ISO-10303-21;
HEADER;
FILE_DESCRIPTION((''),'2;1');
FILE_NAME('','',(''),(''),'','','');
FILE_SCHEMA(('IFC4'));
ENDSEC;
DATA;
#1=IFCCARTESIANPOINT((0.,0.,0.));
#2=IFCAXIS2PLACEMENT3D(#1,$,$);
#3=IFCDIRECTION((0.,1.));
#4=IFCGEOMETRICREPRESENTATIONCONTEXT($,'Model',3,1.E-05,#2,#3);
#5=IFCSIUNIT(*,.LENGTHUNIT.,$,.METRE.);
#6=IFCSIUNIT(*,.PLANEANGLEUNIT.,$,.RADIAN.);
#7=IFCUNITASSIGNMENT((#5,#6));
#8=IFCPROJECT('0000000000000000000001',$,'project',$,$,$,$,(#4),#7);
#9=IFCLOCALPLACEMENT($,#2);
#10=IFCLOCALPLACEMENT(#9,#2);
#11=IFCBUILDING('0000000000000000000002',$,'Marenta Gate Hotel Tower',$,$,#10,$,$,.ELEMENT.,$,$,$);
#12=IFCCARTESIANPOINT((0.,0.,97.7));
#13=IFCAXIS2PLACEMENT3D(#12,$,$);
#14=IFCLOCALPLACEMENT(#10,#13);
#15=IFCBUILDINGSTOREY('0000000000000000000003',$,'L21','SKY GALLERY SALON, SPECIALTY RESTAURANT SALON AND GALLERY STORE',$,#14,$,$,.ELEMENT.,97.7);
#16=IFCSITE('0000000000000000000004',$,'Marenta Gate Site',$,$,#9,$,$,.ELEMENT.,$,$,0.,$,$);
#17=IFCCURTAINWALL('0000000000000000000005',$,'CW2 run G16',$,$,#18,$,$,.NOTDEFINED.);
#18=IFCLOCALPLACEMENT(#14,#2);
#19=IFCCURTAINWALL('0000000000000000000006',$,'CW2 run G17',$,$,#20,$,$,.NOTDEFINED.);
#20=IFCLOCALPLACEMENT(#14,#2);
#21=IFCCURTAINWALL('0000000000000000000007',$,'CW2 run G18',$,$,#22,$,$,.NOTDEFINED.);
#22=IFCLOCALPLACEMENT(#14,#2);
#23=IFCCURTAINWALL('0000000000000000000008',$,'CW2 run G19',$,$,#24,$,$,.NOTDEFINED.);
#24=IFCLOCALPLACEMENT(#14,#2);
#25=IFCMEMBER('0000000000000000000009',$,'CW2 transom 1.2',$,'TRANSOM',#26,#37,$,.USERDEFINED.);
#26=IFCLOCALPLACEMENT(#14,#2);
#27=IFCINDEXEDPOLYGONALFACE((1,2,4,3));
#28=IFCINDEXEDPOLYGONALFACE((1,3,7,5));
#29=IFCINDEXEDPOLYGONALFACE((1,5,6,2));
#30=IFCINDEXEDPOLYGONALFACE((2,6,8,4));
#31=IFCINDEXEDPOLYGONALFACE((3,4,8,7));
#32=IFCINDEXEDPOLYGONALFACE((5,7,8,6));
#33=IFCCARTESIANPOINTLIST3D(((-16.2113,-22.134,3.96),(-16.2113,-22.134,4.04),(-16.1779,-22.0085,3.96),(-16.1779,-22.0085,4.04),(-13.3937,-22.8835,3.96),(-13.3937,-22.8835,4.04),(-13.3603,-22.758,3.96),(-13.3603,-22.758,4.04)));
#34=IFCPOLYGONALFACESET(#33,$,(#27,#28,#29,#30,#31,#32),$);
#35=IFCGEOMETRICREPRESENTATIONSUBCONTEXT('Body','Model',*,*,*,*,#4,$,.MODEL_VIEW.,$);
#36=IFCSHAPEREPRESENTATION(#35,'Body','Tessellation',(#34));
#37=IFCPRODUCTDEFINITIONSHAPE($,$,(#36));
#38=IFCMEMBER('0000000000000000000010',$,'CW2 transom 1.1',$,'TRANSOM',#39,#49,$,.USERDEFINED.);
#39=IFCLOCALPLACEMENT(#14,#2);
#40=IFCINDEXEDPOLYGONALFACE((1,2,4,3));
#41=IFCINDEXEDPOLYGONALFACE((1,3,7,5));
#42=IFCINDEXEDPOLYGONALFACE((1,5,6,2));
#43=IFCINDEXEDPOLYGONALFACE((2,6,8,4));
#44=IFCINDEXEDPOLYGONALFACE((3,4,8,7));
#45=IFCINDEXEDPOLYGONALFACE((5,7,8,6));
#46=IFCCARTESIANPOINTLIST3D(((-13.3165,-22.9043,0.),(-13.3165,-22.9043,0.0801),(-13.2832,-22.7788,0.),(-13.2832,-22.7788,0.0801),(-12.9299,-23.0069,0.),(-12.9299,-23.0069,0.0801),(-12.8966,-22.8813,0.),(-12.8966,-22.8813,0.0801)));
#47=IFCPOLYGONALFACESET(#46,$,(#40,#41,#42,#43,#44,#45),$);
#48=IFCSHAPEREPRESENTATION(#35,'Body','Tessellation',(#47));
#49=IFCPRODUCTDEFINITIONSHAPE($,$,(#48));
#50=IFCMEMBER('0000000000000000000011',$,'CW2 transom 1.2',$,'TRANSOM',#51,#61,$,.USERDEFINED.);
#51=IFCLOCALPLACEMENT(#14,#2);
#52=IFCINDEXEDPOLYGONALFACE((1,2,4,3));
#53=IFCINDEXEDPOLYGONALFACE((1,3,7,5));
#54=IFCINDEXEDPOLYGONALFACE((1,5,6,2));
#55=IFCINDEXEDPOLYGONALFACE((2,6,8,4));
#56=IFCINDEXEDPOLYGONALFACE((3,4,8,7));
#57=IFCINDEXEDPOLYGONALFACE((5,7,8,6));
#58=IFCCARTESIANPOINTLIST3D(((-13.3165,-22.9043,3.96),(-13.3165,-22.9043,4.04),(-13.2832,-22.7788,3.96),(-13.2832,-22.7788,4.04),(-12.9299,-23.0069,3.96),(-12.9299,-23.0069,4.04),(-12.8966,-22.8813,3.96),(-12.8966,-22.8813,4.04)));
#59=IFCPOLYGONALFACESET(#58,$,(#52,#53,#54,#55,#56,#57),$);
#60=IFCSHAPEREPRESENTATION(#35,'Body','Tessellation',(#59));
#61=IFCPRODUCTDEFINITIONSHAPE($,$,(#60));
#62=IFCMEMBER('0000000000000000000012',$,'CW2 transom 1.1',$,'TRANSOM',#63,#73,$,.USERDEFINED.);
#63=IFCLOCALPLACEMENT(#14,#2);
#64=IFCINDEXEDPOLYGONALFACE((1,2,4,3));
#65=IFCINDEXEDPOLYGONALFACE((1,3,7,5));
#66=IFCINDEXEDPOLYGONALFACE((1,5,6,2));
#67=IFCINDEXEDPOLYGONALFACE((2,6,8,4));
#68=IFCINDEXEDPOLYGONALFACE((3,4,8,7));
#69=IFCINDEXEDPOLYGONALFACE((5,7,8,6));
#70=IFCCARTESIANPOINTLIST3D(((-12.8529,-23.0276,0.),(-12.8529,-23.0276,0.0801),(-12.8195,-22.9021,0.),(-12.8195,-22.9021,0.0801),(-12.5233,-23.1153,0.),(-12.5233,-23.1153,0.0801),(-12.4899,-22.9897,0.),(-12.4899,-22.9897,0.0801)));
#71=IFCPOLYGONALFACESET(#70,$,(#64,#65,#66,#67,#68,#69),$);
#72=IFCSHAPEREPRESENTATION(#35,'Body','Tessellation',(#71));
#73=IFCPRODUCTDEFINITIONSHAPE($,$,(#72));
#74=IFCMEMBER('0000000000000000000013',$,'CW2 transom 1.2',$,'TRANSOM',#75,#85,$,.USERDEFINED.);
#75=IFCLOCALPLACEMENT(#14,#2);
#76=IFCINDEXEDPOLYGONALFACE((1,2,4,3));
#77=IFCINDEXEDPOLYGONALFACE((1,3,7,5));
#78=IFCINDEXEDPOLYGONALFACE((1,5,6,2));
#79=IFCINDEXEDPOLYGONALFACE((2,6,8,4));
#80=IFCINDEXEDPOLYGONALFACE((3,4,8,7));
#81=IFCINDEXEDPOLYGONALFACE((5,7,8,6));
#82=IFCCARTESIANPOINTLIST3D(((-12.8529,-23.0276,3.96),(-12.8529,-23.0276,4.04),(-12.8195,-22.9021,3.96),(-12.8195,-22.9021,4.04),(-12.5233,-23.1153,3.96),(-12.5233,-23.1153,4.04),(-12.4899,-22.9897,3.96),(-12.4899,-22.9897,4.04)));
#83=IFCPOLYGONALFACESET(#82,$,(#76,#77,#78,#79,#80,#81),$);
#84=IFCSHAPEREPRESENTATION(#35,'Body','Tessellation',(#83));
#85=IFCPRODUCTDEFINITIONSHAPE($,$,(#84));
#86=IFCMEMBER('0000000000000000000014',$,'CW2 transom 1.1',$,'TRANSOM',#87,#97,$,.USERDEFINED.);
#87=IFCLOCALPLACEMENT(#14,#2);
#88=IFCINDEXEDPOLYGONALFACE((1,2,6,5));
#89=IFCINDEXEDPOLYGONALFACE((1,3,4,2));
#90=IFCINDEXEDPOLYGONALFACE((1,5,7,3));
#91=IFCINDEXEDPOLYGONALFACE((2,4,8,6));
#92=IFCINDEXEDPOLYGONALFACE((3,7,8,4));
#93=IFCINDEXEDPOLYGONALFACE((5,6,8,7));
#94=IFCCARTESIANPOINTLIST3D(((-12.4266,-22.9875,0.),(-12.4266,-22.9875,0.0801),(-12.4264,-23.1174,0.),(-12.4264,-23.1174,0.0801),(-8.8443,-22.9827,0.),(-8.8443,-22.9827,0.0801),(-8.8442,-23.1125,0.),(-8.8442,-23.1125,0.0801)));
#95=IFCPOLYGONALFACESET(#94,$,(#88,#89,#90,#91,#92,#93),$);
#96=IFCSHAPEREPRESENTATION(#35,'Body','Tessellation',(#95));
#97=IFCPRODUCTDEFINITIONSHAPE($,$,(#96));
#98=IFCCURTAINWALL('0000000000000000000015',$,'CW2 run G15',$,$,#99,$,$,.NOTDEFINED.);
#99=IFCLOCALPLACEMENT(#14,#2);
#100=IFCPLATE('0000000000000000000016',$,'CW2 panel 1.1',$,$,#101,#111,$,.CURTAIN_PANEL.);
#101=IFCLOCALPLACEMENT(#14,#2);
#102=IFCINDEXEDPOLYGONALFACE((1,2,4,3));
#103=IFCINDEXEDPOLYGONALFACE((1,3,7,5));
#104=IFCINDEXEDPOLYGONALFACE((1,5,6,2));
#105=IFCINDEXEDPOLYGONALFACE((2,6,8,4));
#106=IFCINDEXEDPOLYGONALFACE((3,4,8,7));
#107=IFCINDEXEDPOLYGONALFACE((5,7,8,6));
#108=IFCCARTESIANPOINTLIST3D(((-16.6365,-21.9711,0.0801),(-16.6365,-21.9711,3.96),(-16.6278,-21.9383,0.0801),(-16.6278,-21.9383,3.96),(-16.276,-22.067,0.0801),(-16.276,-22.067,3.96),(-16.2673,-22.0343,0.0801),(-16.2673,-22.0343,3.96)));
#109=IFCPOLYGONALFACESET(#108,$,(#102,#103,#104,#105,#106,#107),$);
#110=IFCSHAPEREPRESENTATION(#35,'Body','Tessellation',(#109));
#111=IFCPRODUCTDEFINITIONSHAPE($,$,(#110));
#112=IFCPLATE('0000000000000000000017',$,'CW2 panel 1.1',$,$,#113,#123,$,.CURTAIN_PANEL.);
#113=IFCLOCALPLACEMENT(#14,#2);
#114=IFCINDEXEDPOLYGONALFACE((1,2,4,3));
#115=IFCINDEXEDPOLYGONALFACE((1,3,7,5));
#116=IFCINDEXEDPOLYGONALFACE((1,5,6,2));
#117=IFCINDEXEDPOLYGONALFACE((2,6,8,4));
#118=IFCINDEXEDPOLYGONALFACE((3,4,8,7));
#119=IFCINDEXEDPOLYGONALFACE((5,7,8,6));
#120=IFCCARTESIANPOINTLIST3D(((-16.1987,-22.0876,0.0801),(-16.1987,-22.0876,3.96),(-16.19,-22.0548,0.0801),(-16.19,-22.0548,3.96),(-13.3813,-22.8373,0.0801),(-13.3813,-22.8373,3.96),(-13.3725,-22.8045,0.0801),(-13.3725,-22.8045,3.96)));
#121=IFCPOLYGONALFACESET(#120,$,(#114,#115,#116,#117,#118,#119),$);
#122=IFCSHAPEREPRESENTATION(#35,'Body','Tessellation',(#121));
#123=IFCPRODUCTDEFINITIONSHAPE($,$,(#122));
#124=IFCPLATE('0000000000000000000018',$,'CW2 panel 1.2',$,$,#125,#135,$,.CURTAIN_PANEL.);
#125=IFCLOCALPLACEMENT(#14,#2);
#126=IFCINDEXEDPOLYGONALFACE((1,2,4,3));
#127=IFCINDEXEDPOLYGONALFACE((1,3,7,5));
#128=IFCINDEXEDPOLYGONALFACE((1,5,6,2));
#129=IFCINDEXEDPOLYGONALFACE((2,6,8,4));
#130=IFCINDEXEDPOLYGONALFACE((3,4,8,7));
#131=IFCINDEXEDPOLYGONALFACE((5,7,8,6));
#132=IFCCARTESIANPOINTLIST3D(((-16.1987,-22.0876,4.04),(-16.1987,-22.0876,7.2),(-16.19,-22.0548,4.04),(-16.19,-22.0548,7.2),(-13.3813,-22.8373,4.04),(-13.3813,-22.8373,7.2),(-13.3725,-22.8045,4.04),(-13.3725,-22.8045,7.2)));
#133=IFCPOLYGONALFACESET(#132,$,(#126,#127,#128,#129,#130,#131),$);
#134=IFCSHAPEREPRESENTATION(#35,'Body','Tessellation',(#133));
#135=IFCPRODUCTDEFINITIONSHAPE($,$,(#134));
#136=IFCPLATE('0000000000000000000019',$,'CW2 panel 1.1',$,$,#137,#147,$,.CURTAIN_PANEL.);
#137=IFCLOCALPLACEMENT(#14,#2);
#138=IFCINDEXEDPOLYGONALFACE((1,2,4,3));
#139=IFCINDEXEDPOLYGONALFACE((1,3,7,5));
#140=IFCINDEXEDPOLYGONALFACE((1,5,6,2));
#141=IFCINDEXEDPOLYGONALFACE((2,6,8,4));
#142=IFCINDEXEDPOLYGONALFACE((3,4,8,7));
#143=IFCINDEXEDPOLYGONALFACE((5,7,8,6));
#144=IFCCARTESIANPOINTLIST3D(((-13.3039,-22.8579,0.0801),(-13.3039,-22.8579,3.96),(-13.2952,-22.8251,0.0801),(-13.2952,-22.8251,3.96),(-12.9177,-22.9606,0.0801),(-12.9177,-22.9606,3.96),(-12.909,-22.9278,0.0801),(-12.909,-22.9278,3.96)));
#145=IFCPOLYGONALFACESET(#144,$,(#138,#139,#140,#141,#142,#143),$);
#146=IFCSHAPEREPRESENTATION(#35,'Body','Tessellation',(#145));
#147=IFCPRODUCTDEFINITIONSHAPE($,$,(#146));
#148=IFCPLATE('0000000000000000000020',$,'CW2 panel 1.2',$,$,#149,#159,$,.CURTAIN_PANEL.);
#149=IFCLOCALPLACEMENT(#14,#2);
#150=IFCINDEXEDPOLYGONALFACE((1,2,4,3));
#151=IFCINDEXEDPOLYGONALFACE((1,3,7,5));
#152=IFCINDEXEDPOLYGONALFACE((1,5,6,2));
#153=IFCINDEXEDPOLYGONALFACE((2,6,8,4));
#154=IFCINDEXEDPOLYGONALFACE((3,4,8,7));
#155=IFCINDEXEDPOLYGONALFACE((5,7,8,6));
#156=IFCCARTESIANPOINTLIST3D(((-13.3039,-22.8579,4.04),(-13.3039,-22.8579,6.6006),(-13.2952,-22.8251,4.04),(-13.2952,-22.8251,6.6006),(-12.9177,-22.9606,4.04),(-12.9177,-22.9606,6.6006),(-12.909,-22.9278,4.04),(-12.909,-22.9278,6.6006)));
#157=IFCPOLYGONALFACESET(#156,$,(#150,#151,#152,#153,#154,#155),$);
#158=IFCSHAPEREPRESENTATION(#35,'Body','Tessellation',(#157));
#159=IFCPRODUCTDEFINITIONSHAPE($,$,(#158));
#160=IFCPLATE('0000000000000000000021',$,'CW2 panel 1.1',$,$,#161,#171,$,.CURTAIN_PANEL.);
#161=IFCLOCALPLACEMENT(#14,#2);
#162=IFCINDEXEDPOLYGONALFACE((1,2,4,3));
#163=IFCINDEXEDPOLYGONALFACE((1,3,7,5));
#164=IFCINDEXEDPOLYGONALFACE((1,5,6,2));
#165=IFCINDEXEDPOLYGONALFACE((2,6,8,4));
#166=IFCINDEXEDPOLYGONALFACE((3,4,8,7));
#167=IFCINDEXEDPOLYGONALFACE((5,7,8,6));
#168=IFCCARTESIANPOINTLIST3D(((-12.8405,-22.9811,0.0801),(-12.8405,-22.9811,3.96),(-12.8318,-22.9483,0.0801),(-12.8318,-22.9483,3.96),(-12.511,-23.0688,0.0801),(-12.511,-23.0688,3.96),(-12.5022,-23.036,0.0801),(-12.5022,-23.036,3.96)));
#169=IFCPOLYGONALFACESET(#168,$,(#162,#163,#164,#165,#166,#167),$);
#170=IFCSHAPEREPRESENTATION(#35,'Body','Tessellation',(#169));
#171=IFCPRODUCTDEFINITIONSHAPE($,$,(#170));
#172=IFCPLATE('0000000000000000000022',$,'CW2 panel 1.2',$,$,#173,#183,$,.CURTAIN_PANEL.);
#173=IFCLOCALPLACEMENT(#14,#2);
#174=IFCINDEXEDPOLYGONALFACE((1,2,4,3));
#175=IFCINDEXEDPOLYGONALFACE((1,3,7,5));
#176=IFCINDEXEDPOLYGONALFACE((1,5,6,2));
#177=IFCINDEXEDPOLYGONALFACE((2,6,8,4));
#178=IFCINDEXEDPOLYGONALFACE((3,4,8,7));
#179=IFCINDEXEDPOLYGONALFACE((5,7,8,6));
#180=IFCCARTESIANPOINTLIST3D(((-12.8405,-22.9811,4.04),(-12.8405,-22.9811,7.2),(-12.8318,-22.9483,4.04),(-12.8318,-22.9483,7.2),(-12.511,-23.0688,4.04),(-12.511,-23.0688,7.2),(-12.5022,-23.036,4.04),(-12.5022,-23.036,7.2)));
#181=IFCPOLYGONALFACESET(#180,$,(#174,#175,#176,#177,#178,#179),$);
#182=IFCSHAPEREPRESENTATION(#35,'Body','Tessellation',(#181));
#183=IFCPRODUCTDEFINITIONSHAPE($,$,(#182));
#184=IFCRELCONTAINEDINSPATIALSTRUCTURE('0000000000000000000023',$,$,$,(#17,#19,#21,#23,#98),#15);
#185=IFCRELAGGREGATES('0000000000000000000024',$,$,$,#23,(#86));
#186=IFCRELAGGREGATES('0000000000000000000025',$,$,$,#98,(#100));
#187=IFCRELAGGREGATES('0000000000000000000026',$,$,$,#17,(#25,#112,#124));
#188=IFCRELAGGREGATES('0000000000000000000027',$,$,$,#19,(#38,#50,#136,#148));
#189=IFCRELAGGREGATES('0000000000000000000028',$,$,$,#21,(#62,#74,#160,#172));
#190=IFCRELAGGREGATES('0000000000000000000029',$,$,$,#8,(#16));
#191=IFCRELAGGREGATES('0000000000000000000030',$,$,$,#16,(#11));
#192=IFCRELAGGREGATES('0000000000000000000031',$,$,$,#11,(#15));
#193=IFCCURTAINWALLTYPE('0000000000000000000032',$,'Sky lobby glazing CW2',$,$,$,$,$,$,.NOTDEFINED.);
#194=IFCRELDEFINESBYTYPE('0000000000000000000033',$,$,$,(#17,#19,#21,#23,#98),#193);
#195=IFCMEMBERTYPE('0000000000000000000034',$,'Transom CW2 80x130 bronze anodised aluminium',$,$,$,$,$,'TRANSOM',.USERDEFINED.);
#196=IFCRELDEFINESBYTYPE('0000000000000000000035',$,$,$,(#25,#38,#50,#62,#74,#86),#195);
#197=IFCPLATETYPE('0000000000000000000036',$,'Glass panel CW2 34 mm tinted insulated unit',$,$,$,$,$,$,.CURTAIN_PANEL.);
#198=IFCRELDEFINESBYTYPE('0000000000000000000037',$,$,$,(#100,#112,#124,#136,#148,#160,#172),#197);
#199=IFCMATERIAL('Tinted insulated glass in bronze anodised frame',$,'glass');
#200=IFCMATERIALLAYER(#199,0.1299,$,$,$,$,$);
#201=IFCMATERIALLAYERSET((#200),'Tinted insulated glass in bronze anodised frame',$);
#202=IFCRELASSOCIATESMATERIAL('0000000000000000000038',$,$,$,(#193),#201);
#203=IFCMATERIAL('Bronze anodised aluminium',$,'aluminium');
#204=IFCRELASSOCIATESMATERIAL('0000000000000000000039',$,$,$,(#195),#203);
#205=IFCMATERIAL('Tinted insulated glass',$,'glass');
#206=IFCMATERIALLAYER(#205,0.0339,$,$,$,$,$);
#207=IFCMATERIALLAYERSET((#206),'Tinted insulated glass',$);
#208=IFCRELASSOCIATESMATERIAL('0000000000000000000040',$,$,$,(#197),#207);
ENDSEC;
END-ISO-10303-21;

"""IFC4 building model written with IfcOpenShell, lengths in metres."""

from ifc_helpers import new_model, si_unit, direction, frame, origin, origin_2d, place, context, subcontext, project, spatial, rectangle, extrude, material, layer, layer_set, material_profile, profile_set, type_object, element, aggregate, save


model = new_model("IFC4")

# Units and contexts
model_context = context("Model", 3, precision=1e-05, world=origin(), true_north=direction((0.0, 1.0)))
body_context = subcontext(model_context, "Body", "Model", "MODEL_VIEW")
ifc_project = project(units=[si_unit("LENGTHUNIT", "METRE"), si_unit("PLANEANGLEUNIT", "RADIAN")], contexts=[model_context])

# Site, building, storey
site_placement = place(None, origin())
site = spatial("IfcSite", under=ifc_project, at=site_placement, Name="Marenta Gate Site", CompositionType="ELEMENT", RefElevation=0.0)
building_placement = place(site_placement, origin())
building = spatial("IfcBuilding", under=site, at=building_placement, Name="Marenta Gate Hotel Tower", CompositionType="ELEMENT")
storey_placement = place(building_placement, frame((0.0, 0.0, 97.7)))
storey = spatial("IfcBuildingStorey", under=building, at=storey_placement, Name="L21", Description="SKY GALLERY SALON, SPECIALTY RESTAURANT SALON AND GALLERY STORE", CompositionType="ELEMENT", Elevation=97.7)

# Curtain walls
ifc_material_1 = material(Name="Tinted insulated glass in bronze anodised frame", Category="glass")
ifc_layer_1 = layer(ifc_material_1, 0.1299)
ifc_layer_set_1 = layer_set([ifc_layer_1], Name="Tinted insulated glass in bronze anodised frame")
curtain_wall_type = type_object("IfcCurtainWallType", Name="Sky lobby glazing CW2", PredefinedType="NOTDEFINED", material=ifc_layer_set_1)
curtain_wall_1_placement = place(storey_placement, origin())
curtain_wall_1 = element("IfcCurtainWall", 1, at=curtain_wall_1_placement, inside=storey, type_object=curtain_wall_type, Name="CW2 run G16", PredefinedType="NOTDEFINED")
curtain_wall_2_placement = place(storey_placement, origin())
curtain_wall_2 = element("IfcCurtainWall", 2, at=curtain_wall_2_placement, inside=storey, type_object=curtain_wall_type, Name="CW2 run G17", PredefinedType="NOTDEFINED")
curtain_wall_3_placement = place(storey_placement, origin())
curtain_wall_3 = element("IfcCurtainWall", 3, at=curtain_wall_3_placement, inside=storey, type_object=curtain_wall_type, Name="CW2 run G18", PredefinedType="NOTDEFINED")
curtain_wall_4_placement = place(storey_placement, origin())
curtain_wall_4 = element("IfcCurtainWall", 4, at=curtain_wall_4_placement, inside=storey, type_object=curtain_wall_type, Name="CW2 run G19", PredefinedType="NOTDEFINED")

# Members
ifc_material_2 = material(Name="Bronze anodised aluminium", Category="aluminium")
ifc_material_profile_1 = material_profile(ifc_material_2, rectangle(XDim=0.1299, YDim=0.0801, at=origin_2d()), Name="Transom CW2 80x130 bronze anodised aluminium")
ifc_profile_set_1 = profile_set([ifc_material_profile_1], Name="Bronze anodised aluminium")
member_type_1 = type_object("IfcMemberType", Name="Transom CW2 80x130 bronze anodised aluminium", ElementType="TRANSOM", PredefinedType="USERDEFINED", material=ifc_profile_set_1)
member_1_placement = place(storey_placement, frame((-16.1946, -22.0713, 4.0), z_axis=(0.966393, -0.257068, 0.0), x_axis=(0.257068, 0.966393, 0.0)))
member_1 = element("IfcMember", 5, at=member_1_placement, type_object=member_type_1, Name="CW2 transom 1.2", ObjectType="TRANSOM", PredefinedType="USERDEFINED", context=body_context, shape_type="SweptSolid", body=[
    extrude(rectangle(XDim=0.1299, YDim=0.0801, at=origin_2d()), origin(), (0.0, 0.0, 1.0), 2.9155),
])
member_2_placement = place(storey_placement, frame((-13.2998, -22.8416, 0.04), z_axis=(0.966558, -0.256446, 0.0), x_axis=(0.256446, 0.966558, 0.0)))
member_2 = element("IfcMember", 6, at=member_2_placement, type_object=member_type_1, Name="CW2 transom 1.1", ObjectType="TRANSOM", PredefinedType="USERDEFINED", context=body_context, shape_type="SweptSolid", body=[
    extrude(rectangle(XDim=0.1299, YDim=0.0801, at=origin_2d()), origin(), (0.0, 0.0, 1.0), 0.3999),
])
member_3_placement = place(storey_placement, frame((-13.2998, -22.8416, 4.0), z_axis=(0.966558, -0.256446, 0.0), x_axis=(0.256446, 0.966558, 0.0)))
member_3 = element("IfcMember", 7, at=member_3_placement, type_object=member_type_1, Name="CW2 transom 1.2", ObjectType="TRANSOM", PredefinedType="USERDEFINED", context=body_context, shape_type="SweptSolid", body=[
    extrude(rectangle(XDim=0.1299, YDim=0.0801, at=origin_2d()), origin(), (0.0, 0.0, 1.0), 0.3999),
])
member_4_placement = place(storey_placement, frame((-12.8362, -22.9648, 0.04), z_axis=(0.966413, -0.256994, 0.0), x_axis=(0.256994, 0.966413, 0.0)))
member_4 = element("IfcMember", 8, at=member_4_placement, type_object=member_type_1, Name="CW2 transom 1.1", ObjectType="TRANSOM", PredefinedType="USERDEFINED", context=body_context, shape_type="SweptSolid", body=[
    extrude(rectangle(XDim=0.1299, YDim=0.0801, at=origin_2d()), origin(), (0.0, 0.0, 1.0), 0.3411),
])
member_5_placement = place(storey_placement, frame((-12.8362, -22.9648, 4.0), z_axis=(0.966413, -0.256994, 0.0), x_axis=(0.256994, 0.966413, 0.0)))
member_5 = element("IfcMember", 9, at=member_5_placement, type_object=member_type_1, Name="CW2 transom 1.2", ObjectType="TRANSOM", PredefinedType="USERDEFINED", context=body_context, shape_type="SweptSolid", body=[
    extrude(rectangle(XDim=0.1299, YDim=0.0801, at=origin_2d()), origin(), (0.0, 0.0, 1.0), 0.3411),
])
member_6_placement = place(storey_placement, frame((-12.4265, -23.0525, 0.04), z_axis=(0.999999, 0.001363, 0.0), x_axis=(-0.001363, 0.999999, 0.0)))
member_6 = element("IfcMember", 10, at=member_6_placement, type_object=member_type_1, Name="CW2 transom 1.1", ObjectType="TRANSOM", PredefinedType="USERDEFINED", context=body_context, shape_type="SweptSolid", body=[
    extrude(rectangle(XDim=0.1299, YDim=0.0801, at=origin_2d()), origin(), (0.0, 0.0, 1.0), 3.5823),
])
aggregate(curtain_wall_4, [member_6])

# Curtain wall, plate
curtain_wall_5_placement = place(storey_placement, origin())
curtain_wall_5 = element("IfcCurtainWall", 11, at=curtain_wall_5_placement, inside=storey, type_object=curtain_wall_type, Name="CW2 run G15", PredefinedType="NOTDEFINED")
ifc_material_3 = material(Name="Tinted insulated glass", Category="glass")
ifc_layer_2 = layer(ifc_material_3, 0.0339)
ifc_layer_set_2 = layer_set([ifc_layer_2], Name="Tinted insulated glass")
plate_type = type_object("IfcPlateType", Name="Glass panel CW2 34 mm tinted insulated unit", PredefinedType="CURTAIN_PANEL", material=ifc_layer_set_2)
plate_1_placement = place(storey_placement, frame((-16.4519, -22.0027, 0.0801), z_axis=(0.0, 0.0, 1.0), x_axis=(0.96637, -0.257154, 0.0)))
plate_1 = element("IfcPlate", 12, at=plate_1_placement, type_object=plate_type, Name="CW2 panel 1.1", PredefinedType="CURTAIN_PANEL", context=body_context, shape_type="SweptSolid", body=[
    extrude(rectangle(XDim=0.373, YDim=0.0339, at=origin_2d()), origin(), (0.0, 0.0, 1.0), 3.8799),
])
aggregate(curtain_wall_5, [plate_1])

# Plates
plate_2_placement = place(storey_placement, frame((-14.7856, -22.446, 0.0801), z_axis=(0.0, 0.0, 1.0), x_axis=(0.966372, -0.257149, 0.0)))
plate_2 = element("IfcPlate", 13, at=plate_2_placement, type_object=plate_type, Name="CW2 panel 1.1", PredefinedType="CURTAIN_PANEL", context=body_context, shape_type="SweptSolid", body=[
    extrude(rectangle(XDim=2.9155, YDim=0.0339, at=origin_2d()), origin(), (0.0, 0.0, 1.0), 3.8799),
])
plate_3_placement = place(storey_placement, frame((-14.7856, -22.446, 4.04), z_axis=(0.0, 0.0, 1.0), x_axis=(0.966372, -0.257149, 0.0)))
plate_3 = element("IfcPlate", 14, at=plate_3_placement, type_object=plate_type, Name="CW2 panel 1.2", PredefinedType="CURTAIN_PANEL", context=body_context, shape_type="SweptSolid", body=[
    extrude(rectangle(XDim=2.9155, YDim=0.0339, at=origin_2d()), origin(), (0.0, 0.0, 1.0), 3.1599),
])
aggregate(curtain_wall_1, [member_1, plate_2, plate_3])
plate_4_placement = place(storey_placement, frame((-13.1064, -22.8928, 0.0801), z_axis=(0.0, 0.0, 1.0), x_axis=(0.966404, -0.257027, 0.0)))
plate_4 = element("IfcPlate", 15, at=plate_4_placement, type_object=plate_type, Name="CW2 panel 1.1", PredefinedType="CURTAIN_PANEL", context=body_context, shape_type="SweptSolid", body=[
    extrude(rectangle(XDim=0.3997, YDim=0.0339, at=origin_2d()), origin(), (0.0, 0.0, 1.0), 3.8799),
])
plate_5_placement = place(storey_placement, frame((-13.1064, -22.8928, 4.04), z_axis=(0.0, 0.0, 1.0), x_axis=(0.966404, -0.257027, 0.0)))
plate_5 = element("IfcPlate", 16, at=plate_5_placement, type_object=plate_type, Name="CW2 panel 1.2", PredefinedType="CURTAIN_PANEL", context=body_context, shape_type="SweptSolid", body=[
    extrude(rectangle(XDim=0.3997, YDim=0.0339, at=origin_2d()), origin(), (0.0, 0.0, 1.0), 2.5605),
])
aggregate(curtain_wall_2, [member_2, member_3, plate_4, plate_5])
plate_6_placement = place(storey_placement, frame((-12.6714, -23.0085, 0.0801), z_axis=(0.0, 0.0, 1.0), x_axis=(0.966357, -0.257204, 0.0)))
plate_6 = element("IfcPlate", 17, at=plate_6_placement, type_object=plate_type, Name="CW2 panel 1.1", PredefinedType="CURTAIN_PANEL", context=body_context, shape_type="SweptSolid", body=[
    extrude(rectangle(XDim=0.3411, YDim=0.0339, at=origin_2d()), origin(), (0.0, 0.0, 1.0), 3.8799),
])
plate_7_placement = place(storey_placement, frame((-12.6714, -23.0085, 4.04), z_axis=(0.0, 0.0, 1.0), x_axis=(0.966357, -0.257204, 0.0)))
plate_7 = element("IfcPlate", 18, at=plate_7_placement, type_object=plate_type, Name="CW2 panel 1.2", PredefinedType="CURTAIN_PANEL", context=body_context, shape_type="SweptSolid", body=[
    extrude(rectangle(XDim=0.3411, YDim=0.0339, at=origin_2d()), origin(), (0.0, 0.0, 1.0), 3.1599),
])
aggregate(curtain_wall_3, [member_4, member_5, plate_6, plate_7])

save(model, "model.ifc")
